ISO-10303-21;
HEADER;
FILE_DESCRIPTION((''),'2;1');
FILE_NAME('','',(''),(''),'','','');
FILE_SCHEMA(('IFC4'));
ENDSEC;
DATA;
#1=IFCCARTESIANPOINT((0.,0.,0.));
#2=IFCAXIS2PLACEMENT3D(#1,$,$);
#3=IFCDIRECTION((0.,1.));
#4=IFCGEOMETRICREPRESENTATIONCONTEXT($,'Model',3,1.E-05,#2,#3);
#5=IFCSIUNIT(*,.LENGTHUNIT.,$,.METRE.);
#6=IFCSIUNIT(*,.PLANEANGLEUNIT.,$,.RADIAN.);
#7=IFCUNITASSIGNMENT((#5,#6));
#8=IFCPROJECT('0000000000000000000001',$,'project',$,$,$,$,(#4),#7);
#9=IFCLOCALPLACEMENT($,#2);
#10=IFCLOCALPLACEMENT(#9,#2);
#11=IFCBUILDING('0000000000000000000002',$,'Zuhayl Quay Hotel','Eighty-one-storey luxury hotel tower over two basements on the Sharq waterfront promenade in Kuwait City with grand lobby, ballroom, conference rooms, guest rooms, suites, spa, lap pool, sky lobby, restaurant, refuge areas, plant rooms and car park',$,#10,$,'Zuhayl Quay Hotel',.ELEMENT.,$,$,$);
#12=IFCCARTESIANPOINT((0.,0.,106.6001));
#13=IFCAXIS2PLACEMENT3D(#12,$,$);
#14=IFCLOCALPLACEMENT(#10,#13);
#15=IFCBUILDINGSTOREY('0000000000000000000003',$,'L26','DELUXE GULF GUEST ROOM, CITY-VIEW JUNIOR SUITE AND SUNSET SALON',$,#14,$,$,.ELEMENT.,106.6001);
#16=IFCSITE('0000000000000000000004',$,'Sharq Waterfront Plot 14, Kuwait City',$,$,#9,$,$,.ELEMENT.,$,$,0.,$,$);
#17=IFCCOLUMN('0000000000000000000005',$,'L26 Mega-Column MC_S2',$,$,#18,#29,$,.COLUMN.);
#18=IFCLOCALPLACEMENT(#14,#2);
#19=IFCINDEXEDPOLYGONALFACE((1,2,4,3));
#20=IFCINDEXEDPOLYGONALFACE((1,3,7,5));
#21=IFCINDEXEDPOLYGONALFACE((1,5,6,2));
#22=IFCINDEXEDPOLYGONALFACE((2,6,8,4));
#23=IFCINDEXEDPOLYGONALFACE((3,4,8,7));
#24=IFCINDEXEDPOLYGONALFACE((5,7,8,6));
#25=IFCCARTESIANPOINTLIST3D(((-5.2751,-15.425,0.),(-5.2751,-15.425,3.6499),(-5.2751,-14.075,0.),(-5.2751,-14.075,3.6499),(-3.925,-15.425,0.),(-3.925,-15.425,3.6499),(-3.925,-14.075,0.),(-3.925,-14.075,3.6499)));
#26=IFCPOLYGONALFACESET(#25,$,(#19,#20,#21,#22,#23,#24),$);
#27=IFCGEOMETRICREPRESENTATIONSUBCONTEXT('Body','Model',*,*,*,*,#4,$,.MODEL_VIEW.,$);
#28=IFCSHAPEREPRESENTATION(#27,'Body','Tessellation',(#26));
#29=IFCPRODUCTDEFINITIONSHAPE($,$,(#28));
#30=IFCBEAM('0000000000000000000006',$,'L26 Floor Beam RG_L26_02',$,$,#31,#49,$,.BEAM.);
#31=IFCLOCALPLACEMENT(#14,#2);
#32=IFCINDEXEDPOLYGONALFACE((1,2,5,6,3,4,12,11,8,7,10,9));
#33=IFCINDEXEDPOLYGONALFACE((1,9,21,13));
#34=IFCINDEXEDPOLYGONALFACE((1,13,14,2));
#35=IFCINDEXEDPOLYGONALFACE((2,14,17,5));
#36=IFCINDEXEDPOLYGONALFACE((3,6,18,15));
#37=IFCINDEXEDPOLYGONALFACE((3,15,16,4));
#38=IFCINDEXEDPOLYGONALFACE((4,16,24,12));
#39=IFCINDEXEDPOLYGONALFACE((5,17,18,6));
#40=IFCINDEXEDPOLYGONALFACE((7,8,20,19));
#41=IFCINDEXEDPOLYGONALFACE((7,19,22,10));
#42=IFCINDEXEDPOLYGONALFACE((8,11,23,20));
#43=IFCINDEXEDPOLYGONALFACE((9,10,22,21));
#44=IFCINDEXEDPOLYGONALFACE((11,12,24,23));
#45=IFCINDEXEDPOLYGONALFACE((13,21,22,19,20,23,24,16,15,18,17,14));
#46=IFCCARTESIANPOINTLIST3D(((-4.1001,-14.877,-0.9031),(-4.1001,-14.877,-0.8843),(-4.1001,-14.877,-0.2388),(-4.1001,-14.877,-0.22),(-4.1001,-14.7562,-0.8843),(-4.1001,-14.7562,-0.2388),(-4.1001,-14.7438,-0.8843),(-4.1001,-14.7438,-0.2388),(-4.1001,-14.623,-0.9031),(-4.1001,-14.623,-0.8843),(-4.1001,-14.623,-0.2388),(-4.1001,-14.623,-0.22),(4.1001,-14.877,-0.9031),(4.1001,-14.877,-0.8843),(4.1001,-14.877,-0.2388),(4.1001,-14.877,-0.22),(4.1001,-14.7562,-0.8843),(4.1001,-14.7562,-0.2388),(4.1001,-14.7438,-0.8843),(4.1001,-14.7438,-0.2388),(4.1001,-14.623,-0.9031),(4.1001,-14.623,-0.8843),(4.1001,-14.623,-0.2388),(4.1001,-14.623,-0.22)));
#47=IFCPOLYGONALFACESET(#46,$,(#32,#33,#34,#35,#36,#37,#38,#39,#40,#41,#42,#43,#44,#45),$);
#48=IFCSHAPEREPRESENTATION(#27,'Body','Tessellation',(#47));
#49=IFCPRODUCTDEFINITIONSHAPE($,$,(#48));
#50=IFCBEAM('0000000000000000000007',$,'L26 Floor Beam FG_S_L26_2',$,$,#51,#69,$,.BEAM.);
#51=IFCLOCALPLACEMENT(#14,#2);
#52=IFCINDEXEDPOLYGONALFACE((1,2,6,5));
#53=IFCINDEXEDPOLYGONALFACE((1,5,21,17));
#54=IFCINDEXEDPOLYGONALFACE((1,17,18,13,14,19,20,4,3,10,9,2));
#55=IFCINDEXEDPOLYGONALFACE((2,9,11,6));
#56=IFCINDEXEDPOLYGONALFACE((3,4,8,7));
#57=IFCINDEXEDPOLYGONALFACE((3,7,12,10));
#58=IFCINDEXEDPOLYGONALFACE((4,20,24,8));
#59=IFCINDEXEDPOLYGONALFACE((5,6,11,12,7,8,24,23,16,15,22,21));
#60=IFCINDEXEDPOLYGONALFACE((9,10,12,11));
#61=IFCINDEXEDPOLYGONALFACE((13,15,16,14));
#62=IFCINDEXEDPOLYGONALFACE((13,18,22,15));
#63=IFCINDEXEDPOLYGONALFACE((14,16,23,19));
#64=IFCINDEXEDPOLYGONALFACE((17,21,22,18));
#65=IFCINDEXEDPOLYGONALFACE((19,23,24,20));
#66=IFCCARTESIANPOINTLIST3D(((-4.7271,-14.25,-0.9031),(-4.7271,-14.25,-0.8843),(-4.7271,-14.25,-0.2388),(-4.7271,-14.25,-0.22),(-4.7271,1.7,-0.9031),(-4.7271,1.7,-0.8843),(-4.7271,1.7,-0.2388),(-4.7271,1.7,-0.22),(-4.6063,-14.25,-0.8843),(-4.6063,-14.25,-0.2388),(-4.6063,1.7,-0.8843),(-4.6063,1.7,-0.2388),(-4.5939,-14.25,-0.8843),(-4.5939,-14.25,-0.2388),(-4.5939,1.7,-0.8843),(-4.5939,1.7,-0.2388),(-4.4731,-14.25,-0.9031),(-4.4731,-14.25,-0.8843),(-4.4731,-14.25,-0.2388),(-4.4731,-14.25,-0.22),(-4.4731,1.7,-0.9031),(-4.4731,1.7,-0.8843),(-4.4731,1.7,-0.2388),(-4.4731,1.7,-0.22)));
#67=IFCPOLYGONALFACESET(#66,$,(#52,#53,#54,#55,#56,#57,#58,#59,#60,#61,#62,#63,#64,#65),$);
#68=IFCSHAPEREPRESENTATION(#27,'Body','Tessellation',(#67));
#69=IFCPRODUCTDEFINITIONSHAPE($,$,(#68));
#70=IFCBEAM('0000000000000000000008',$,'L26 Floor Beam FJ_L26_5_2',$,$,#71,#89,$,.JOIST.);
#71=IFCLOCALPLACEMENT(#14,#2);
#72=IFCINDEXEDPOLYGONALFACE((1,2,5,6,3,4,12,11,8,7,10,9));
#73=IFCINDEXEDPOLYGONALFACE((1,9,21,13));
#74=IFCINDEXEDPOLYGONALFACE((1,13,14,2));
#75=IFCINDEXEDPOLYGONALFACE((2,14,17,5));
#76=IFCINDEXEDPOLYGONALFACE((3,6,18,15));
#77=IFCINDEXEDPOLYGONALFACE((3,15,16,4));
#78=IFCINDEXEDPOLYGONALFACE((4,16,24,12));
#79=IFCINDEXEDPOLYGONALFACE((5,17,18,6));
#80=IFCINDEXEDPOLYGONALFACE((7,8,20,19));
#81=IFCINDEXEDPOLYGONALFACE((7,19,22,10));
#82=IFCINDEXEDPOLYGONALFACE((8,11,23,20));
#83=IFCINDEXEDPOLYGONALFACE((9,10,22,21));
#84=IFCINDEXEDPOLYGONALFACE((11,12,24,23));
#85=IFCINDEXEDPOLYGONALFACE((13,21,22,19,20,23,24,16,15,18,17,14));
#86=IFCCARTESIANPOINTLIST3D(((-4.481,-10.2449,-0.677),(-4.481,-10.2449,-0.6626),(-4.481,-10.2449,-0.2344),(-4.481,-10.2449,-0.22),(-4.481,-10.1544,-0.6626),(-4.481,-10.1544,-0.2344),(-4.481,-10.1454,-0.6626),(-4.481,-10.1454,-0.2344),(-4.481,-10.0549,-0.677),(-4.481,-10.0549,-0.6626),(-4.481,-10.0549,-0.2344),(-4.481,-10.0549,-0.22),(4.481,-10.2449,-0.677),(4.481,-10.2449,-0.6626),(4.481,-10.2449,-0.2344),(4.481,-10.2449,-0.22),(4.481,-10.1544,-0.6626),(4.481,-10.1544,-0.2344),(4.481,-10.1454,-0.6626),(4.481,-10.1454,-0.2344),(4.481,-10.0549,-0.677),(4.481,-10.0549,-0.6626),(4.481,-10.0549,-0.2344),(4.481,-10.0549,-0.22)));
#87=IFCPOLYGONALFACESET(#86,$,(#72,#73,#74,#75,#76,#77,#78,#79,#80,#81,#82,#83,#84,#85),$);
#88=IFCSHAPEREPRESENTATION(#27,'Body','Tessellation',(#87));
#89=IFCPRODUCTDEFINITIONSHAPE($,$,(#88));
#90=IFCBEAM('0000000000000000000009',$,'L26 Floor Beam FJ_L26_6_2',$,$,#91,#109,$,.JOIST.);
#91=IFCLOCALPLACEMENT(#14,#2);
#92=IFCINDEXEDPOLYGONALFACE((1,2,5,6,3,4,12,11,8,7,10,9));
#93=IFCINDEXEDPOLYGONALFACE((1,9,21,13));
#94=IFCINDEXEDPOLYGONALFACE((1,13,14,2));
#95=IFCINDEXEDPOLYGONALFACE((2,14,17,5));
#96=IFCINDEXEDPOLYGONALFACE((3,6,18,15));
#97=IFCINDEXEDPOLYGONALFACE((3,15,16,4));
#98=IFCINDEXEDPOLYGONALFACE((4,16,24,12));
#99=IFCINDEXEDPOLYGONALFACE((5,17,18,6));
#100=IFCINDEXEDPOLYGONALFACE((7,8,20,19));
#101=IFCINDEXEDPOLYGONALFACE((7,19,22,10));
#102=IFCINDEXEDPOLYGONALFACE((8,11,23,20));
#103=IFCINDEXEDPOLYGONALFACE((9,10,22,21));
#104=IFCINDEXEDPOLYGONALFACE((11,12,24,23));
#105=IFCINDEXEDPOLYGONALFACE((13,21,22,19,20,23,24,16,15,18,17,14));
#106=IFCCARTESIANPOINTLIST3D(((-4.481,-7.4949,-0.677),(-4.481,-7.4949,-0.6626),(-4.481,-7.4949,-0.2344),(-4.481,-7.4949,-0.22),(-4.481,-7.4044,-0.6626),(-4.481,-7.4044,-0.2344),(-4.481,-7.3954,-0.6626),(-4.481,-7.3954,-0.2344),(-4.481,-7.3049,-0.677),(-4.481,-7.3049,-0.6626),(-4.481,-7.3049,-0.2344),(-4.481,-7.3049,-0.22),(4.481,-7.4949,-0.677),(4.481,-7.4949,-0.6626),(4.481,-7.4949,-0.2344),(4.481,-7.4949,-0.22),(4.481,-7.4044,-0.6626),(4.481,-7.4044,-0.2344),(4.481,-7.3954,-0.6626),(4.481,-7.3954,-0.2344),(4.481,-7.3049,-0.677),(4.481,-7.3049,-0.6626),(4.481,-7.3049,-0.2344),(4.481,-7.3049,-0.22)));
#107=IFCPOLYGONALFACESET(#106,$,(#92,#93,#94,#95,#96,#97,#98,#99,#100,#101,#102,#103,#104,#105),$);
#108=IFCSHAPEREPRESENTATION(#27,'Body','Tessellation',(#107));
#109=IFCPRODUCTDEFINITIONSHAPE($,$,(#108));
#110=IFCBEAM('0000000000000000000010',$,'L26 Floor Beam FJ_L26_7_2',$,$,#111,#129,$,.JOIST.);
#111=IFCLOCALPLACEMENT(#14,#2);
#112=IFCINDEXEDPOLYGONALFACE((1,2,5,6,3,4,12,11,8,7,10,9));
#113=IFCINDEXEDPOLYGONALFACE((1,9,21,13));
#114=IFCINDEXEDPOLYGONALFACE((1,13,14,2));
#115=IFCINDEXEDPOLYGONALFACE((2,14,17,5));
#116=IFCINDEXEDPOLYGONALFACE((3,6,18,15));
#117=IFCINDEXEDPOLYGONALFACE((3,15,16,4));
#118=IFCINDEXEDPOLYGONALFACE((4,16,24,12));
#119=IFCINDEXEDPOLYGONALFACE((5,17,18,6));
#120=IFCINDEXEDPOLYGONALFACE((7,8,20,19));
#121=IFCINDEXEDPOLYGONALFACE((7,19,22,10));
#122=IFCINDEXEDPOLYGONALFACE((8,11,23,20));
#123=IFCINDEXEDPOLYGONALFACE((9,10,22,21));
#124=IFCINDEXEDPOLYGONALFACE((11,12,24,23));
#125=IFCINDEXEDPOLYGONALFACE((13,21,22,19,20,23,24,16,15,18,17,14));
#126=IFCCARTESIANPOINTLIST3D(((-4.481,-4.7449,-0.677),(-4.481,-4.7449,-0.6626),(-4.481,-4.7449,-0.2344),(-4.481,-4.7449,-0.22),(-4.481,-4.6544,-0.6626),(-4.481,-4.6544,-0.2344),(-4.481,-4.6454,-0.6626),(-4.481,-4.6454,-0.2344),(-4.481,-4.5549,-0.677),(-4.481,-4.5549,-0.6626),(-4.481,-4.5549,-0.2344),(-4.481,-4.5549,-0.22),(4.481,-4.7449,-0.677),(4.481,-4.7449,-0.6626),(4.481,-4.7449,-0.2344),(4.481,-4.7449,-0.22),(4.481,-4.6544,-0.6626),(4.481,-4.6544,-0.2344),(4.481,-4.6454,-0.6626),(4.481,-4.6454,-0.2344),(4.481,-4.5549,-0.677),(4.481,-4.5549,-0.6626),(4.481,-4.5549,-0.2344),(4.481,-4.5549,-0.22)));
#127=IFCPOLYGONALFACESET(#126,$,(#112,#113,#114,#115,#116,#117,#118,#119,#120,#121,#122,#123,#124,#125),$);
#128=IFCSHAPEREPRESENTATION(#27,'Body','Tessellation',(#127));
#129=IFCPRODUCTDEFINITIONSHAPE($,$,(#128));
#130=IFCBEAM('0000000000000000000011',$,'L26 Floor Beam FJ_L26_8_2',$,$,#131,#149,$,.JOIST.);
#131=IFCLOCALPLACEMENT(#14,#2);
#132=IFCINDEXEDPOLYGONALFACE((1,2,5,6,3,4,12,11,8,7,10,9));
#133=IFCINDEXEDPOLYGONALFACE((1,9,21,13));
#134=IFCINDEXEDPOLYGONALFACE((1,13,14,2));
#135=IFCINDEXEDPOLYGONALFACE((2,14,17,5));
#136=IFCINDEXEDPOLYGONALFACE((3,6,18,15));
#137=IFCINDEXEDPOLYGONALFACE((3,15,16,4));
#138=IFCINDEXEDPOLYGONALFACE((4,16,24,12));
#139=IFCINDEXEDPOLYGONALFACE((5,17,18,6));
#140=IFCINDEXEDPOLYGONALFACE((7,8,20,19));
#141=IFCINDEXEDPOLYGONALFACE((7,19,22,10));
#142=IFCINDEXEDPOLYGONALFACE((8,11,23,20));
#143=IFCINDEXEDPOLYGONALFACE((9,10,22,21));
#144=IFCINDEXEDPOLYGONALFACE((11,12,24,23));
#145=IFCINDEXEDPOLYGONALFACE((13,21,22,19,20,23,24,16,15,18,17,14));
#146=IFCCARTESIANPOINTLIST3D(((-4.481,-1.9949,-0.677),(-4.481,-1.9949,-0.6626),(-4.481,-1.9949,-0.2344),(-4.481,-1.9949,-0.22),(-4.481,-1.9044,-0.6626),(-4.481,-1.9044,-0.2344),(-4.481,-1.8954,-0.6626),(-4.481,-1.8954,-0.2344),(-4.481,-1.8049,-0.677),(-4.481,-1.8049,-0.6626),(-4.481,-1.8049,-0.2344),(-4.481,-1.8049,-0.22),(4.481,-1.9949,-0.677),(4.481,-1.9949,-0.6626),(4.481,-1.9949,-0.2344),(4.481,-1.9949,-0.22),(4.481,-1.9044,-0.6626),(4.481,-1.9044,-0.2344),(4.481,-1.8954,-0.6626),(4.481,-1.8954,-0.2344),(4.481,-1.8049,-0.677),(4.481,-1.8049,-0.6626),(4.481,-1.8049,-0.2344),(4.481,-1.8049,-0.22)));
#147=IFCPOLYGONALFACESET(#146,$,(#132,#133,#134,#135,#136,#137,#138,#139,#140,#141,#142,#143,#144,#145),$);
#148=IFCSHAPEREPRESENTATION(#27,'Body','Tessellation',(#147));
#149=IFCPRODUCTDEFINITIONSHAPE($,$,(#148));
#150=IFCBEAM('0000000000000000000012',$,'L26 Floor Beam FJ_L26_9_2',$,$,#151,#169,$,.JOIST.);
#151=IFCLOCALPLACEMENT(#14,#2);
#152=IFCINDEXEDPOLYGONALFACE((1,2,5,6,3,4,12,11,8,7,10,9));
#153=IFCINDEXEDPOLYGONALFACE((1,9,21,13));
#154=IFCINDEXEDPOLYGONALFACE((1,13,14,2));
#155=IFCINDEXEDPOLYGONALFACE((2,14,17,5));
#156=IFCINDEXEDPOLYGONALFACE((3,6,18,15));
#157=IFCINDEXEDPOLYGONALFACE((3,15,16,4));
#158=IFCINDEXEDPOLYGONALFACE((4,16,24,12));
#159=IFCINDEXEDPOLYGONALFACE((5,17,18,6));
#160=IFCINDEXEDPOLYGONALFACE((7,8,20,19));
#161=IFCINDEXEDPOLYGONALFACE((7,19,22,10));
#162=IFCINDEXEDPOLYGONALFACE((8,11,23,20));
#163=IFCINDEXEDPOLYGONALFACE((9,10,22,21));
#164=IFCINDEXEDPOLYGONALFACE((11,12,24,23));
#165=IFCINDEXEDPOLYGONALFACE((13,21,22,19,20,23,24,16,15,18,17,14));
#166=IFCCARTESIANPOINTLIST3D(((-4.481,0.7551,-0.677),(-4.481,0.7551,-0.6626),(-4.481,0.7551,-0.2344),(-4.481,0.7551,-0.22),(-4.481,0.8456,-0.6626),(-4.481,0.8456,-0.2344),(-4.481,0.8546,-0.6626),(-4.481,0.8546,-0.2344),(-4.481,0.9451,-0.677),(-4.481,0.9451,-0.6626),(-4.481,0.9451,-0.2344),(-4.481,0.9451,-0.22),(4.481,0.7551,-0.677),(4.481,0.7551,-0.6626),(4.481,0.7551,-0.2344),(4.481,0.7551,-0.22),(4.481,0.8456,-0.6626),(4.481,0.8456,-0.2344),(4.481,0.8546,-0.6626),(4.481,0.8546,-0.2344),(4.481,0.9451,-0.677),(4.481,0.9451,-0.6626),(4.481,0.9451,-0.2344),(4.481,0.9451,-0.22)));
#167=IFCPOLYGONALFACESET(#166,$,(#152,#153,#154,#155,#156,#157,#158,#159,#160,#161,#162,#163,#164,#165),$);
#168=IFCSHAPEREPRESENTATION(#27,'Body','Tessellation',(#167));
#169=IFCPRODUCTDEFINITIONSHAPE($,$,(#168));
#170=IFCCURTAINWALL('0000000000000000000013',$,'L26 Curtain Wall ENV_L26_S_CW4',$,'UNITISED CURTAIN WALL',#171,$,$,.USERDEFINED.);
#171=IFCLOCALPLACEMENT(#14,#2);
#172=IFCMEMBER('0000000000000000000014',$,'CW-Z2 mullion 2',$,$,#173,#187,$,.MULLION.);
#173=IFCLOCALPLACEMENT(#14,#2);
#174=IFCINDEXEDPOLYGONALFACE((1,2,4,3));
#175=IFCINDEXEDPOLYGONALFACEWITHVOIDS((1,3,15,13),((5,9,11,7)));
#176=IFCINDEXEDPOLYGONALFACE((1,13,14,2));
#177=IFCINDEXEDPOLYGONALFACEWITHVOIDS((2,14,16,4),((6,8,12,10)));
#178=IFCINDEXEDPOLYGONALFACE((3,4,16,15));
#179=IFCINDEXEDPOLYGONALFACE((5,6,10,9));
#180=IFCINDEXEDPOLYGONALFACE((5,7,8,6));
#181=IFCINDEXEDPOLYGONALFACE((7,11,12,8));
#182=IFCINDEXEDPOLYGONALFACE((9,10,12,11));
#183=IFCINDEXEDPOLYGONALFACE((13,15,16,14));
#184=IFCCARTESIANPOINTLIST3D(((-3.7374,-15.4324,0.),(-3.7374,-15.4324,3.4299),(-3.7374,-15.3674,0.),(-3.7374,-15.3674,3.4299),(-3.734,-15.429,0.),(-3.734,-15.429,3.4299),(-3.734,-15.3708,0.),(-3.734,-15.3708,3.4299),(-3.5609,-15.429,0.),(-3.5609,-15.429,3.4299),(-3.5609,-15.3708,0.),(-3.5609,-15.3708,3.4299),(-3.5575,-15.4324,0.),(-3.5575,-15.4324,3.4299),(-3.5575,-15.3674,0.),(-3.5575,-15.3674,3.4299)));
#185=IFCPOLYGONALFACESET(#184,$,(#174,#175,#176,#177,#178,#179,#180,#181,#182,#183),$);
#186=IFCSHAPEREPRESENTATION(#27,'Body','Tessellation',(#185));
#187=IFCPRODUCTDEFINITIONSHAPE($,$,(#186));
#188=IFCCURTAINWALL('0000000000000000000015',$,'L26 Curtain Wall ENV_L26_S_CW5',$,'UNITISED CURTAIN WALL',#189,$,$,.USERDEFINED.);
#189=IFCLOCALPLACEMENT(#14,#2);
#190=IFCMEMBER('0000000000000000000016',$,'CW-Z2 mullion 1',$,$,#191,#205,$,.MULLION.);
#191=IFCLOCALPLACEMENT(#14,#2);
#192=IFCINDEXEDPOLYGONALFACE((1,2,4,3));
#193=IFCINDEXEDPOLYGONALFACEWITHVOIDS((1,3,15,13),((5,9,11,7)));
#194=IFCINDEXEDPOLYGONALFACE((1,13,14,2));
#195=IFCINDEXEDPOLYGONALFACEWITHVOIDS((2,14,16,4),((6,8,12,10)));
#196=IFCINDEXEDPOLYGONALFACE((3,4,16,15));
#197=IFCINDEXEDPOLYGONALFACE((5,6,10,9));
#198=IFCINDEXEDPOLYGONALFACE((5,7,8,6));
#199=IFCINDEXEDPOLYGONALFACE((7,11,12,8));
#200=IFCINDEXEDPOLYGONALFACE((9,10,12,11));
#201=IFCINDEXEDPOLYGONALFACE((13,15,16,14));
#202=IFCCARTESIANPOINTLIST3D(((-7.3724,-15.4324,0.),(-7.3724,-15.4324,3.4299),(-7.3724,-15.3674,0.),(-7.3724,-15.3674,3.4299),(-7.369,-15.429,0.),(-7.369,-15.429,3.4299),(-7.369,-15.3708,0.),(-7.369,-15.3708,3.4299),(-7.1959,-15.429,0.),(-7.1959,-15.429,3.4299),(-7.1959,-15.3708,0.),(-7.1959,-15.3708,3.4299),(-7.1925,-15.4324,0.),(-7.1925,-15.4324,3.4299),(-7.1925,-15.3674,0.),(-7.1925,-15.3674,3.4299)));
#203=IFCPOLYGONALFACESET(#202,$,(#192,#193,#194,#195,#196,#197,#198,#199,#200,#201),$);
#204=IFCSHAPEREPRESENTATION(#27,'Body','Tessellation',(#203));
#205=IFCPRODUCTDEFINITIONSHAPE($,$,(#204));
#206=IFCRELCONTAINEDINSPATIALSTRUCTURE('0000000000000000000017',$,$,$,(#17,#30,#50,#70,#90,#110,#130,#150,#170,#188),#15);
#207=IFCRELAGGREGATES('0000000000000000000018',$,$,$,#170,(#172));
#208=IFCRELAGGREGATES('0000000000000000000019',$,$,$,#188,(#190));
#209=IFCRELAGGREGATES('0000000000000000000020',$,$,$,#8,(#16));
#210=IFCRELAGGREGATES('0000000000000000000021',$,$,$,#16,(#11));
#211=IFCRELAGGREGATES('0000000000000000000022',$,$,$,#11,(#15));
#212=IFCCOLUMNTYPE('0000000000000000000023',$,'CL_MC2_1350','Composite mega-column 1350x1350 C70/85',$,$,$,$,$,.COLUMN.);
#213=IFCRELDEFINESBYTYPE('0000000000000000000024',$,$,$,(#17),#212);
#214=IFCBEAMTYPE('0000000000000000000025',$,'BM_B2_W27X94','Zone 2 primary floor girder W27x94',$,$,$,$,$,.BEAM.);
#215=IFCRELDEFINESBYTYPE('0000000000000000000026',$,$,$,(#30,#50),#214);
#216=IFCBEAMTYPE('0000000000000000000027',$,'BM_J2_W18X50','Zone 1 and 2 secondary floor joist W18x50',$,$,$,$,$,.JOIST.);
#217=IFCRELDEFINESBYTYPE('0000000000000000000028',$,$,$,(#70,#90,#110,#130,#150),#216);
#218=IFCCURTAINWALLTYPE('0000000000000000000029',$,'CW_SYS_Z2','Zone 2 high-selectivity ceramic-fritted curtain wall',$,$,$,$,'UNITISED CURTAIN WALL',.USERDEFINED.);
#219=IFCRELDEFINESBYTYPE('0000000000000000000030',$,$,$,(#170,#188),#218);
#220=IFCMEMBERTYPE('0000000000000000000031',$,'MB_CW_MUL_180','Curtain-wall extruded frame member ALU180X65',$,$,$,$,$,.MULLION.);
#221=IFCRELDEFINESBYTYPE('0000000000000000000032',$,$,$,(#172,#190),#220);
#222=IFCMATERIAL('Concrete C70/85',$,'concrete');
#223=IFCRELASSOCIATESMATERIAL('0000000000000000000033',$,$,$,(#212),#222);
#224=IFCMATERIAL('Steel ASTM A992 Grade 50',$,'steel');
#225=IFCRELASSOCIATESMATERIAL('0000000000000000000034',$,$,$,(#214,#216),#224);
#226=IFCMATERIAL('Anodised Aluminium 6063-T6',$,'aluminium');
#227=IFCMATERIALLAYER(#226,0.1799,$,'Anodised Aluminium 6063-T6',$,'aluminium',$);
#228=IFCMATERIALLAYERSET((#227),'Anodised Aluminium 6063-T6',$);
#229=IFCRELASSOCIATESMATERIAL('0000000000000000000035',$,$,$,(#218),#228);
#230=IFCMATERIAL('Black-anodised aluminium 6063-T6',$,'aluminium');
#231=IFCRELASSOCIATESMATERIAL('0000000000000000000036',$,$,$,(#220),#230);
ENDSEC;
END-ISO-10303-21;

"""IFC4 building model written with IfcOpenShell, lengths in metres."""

from ifc_helpers import new_model, si_unit, direction, frame, origin, origin_2d, place, context, subcontext, project, spatial, rectangle, hollow_rectangle, i_section, extrude, material, layer, layer_set, material_profile, profile_set, type_object, element, aggregate, save


model = new_model("IFC4")

# Units and contexts
model_context = context("Model", 3, precision=1e-05, world=origin(), true_north=direction((0.0, 1.0)))
body_context = subcontext(model_context, "Body", "Model", "MODEL_VIEW")
ifc_project = project(units=[si_unit("LENGTHUNIT", "METRE"), si_unit("PLANEANGLEUNIT", "RADIAN")], contexts=[model_context])

# Site, building, storey
site_placement = place(None, origin())
site = spatial("IfcSite", under=ifc_project, at=site_placement, Name="Sharq Waterfront Plot 14, Kuwait City", CompositionType="ELEMENT", RefElevation=0.0)
building_placement = place(site_placement, origin())
building = spatial("IfcBuilding", under=site, at=building_placement, Name="Zuhayl Quay Hotel", Description="Eighty-one-storey luxury hotel tower over two basements on the Sharq waterfront promenade in Kuwait City with grand lobby, ballroom, conference rooms, guest rooms, suites, spa, lap pool, sky lobby, restaurant, refuge areas, plant rooms and car park", LongName="Zuhayl Quay Hotel", CompositionType="ELEMENT")
storey_placement = place(building_placement, frame((0.0, 0.0, 106.6001)))
storey = spatial("IfcBuildingStorey", under=building, at=storey_placement, Name="L26", Description="DELUXE GULF GUEST ROOM, CITY-VIEW JUNIOR SUITE AND SUNSET SALON", CompositionType="ELEMENT", Elevation=106.6001)

# Column
ifc_material_1 = material(Name="Concrete C70/85", Category="concrete")
ifc_material_profile_1 = material_profile(ifc_material_1, rectangle(XDim=1.3501, YDim=1.3501, at=origin_2d()), Name="RC1350X1350")
ifc_profile_set_1 = profile_set([ifc_material_profile_1], Name="Concrete C70/85")
column_type = type_object("IfcColumnType", Name="CL_MC2_1350", Description="Composite mega-column 1350x1350 C70/85", PredefinedType="COLUMN", material=ifc_profile_set_1)
column_placement = place(storey_placement, frame((-4.6001, -14.75, 0.0), z_axis=(0.0, 0.0, 1.0), x_axis=(1.0, 0.0, 0.0)))
element("IfcColumn", 1, at=column_placement, inside=storey, type_object=column_type, Name="L26 Mega-Column MC_S2", PredefinedType="COLUMN", context=body_context, shape_type="SweptSolid", body=[
    extrude(rectangle(XDim=1.3501, YDim=1.3501, at=origin_2d()), origin(), (0.0, 0.0, 1.0), 3.6499),
])

# Beams
ifc_material_2 = material(Name="Steel ASTM A992 Grade 50", Category="steel")
ifc_material_profile_2 = material_profile(ifc_material_2, i_section(OverallWidth=0.2539, OverallDepth=0.6831, WebThickness=0.0125, FlangeThickness=0.0188, at=origin_2d()), Name="W27X94")
ifc_profile_set_2 = profile_set([ifc_material_profile_2], Name="Steel ASTM A992 Grade 50")
beam_type_1 = type_object("IfcBeamType", Name="BM_B2_W27X94", Description="Zone 2 primary floor girder W27x94", PredefinedType="BEAM", material=ifc_profile_set_2)
beam_1_placement = place(storey_placement, frame((-4.1001, -14.75, -0.5615), z_axis=(1.0, 0.0, 0.0), x_axis=(0.0, 1.0, 0.0)))
element("IfcBeam", 2, at=beam_1_placement, inside=storey, type_object=beam_type_1, Name="L26 Floor Beam RG_L26_02", PredefinedType="BEAM", context=body_context, shape_type="SweptSolid", body=[
    extrude(i_section(OverallWidth=0.2539, OverallDepth=0.6831, WebThickness=0.0125, FlangeThickness=0.0188, at=origin_2d()), origin(), (0.0, 0.0, 1.0), 8.2002),
])
beam_2_placement = place(storey_placement, frame((-4.6001, -14.25, -0.5615), z_axis=(0.0, 1.0, 0.0), x_axis=(-1.0, 0.0, 0.0)))
element("IfcBeam", 3, at=beam_2_placement, inside=storey, type_object=beam_type_1, Name="L26 Floor Beam FG_S_L26_2", PredefinedType="BEAM", context=body_context, shape_type="SweptSolid", body=[
    extrude(i_section(OverallWidth=0.2539, OverallDepth=0.6831, WebThickness=0.0125, FlangeThickness=0.0188, at=origin_2d()), origin(), (0.0, 0.0, 1.0), 15.95),
])
ifc_material_profile_3 = material_profile(ifc_material_2, i_section(OverallWidth=0.1899, OverallDepth=0.457, WebThickness=0.009, FlangeThickness=0.0144, at=origin_2d()), Name="W18X50")
ifc_profile_set_3 = profile_set([ifc_material_profile_3], Name="Steel ASTM A992 Grade 50")
beam_type_2 = type_object("IfcBeamType", Name="BM_J2_W18X50", Description="Zone 1 and 2 secondary floor joist W18x50", PredefinedType="JOIST", material=ifc_profile_set_3)
for number, where, z_axis, x_axis, name in (
    (4, (-4.481, -10.1499, -0.4485), (1.0, 0.0, 0.0), (0.0, 1.0, 0.0), "L26 Floor Beam FJ_L26_5_2"),
    (5, (-4.481, -7.3999, -0.4485), (1.0, 0.0, 0.0), (0.0, 1.0, 0.0), "L26 Floor Beam FJ_L26_6_2"),
    (6, (-4.481, -4.6499, -0.4485), (1.0, 0.0, 0.0), (0.0, 1.0, 0.0), "L26 Floor Beam FJ_L26_7_2"),
    (7, (-4.481, -1.8999, -0.4485), (1.0, 0.0, 0.0), (0.0, 1.0, 0.0), "L26 Floor Beam FJ_L26_8_2"),
    (8, (-4.481, 0.8501, -0.4485), (1.0, 0.0, 0.0), (0.0, 1.0, 0.0), "L26 Floor Beam FJ_L26_9_2"),
):
    element("IfcBeam", number, at=place(storey_placement, frame(where, z_axis=z_axis, x_axis=x_axis)), inside=storey, type_object=beam_type_2, Name=name, PredefinedType="JOIST", context=body_context, shape_type="SweptSolid", body=[
        extrude(i_section(OverallWidth=0.1899, OverallDepth=0.457, WebThickness=0.009, FlangeThickness=0.0144, at=origin_2d()), origin(), (0.0, 0.0, 1.0), 8.9619),
    ])

# Curtain wall, member
ifc_material_3 = material(Name="Anodised Aluminium 6063-T6", Category="aluminium")
ifc_layer_1 = layer(ifc_material_3, 0.1799, Name="Anodised Aluminium 6063-T6", Category="aluminium")
ifc_layer_set_1 = layer_set([ifc_layer_1], Name="Anodised Aluminium 6063-T6")
curtain_wall_type = type_object("IfcCurtainWallType", Name="CW_SYS_Z2", Description="Zone 2 high-selectivity ceramic-fritted curtain wall", ElementType="UNITISED CURTAIN WALL", PredefinedType="USERDEFINED", material=ifc_layer_set_1)
curtain_wall_1_placement = place(storey_placement, origin())
curtain_wall_1 = element("IfcCurtainWall", 9, at=curtain_wall_1_placement, inside=storey, type_object=curtain_wall_type, Name="L26 Curtain Wall ENV_L26_S_CW4", ObjectType="UNITISED CURTAIN WALL", PredefinedType="USERDEFINED")
ifc_material_4 = material(Name="Black-anodised aluminium 6063-T6", Category="aluminium")
ifc_material_profile_4 = material_profile(ifc_material_4, hollow_rectangle(XDim=0.0649, YDim=0.1799, WallThickness=0.0034, at=origin_2d()), Name="ALU180X65")
ifc_profile_set_4 = profile_set([ifc_material_profile_4], Name="Black-anodised aluminium 6063-T6")
member_type_1 = type_object("IfcMemberType", Name="MB_CW_MUL_180", Description="Curtain-wall extruded frame member ALU180X65", PredefinedType="MULLION", material=ifc_profile_set_4)
member_1_placement = place(storey_placement, frame((-3.6475, -15.3999, 0.0), z_axis=(0.0, 0.0, 1.0), x_axis=(0.0, -1.0, 0.0)))
member_1 = element("IfcMember", 10, at=member_1_placement, type_object=member_type_1, Name="CW-Z2 mullion 2", PredefinedType="MULLION", context=body_context, shape_type="SweptSolid", body=[
    extrude(hollow_rectangle(XDim=0.0649, YDim=0.1799, WallThickness=0.0034, at=origin_2d()), origin(), (0.0, 0.0, 1.0), 3.4299),
])

# Curtain wall, member
curtain_wall_2_placement = place(storey_placement, origin())
curtain_wall_2 = element("IfcCurtainWall", 11, at=curtain_wall_2_placement, inside=storey, type_object=curtain_wall_type, Name="L26 Curtain Wall ENV_L26_S_CW5", ObjectType="UNITISED CURTAIN WALL", PredefinedType="USERDEFINED")
member_2_placement = place(storey_placement, frame((-7.2825, -15.3999, 0.0), z_axis=(0.0, 0.0, 1.0), x_axis=(0.0, -1.0, 0.0)))
member_2 = element("IfcMember", 12, at=member_2_placement, type_object=member_type_1, Name="CW-Z2 mullion 1", PredefinedType="MULLION", context=body_context, shape_type="SweptSolid", body=[
    extrude(hollow_rectangle(XDim=0.0649, YDim=0.1799, WallThickness=0.0034, at=origin_2d()), origin(), (0.0, 0.0, 1.0), 3.4299),
])

aggregate(curtain_wall_1, [member_1])
aggregate(curtain_wall_2, [member_2])

save(model, "model.ifc")
